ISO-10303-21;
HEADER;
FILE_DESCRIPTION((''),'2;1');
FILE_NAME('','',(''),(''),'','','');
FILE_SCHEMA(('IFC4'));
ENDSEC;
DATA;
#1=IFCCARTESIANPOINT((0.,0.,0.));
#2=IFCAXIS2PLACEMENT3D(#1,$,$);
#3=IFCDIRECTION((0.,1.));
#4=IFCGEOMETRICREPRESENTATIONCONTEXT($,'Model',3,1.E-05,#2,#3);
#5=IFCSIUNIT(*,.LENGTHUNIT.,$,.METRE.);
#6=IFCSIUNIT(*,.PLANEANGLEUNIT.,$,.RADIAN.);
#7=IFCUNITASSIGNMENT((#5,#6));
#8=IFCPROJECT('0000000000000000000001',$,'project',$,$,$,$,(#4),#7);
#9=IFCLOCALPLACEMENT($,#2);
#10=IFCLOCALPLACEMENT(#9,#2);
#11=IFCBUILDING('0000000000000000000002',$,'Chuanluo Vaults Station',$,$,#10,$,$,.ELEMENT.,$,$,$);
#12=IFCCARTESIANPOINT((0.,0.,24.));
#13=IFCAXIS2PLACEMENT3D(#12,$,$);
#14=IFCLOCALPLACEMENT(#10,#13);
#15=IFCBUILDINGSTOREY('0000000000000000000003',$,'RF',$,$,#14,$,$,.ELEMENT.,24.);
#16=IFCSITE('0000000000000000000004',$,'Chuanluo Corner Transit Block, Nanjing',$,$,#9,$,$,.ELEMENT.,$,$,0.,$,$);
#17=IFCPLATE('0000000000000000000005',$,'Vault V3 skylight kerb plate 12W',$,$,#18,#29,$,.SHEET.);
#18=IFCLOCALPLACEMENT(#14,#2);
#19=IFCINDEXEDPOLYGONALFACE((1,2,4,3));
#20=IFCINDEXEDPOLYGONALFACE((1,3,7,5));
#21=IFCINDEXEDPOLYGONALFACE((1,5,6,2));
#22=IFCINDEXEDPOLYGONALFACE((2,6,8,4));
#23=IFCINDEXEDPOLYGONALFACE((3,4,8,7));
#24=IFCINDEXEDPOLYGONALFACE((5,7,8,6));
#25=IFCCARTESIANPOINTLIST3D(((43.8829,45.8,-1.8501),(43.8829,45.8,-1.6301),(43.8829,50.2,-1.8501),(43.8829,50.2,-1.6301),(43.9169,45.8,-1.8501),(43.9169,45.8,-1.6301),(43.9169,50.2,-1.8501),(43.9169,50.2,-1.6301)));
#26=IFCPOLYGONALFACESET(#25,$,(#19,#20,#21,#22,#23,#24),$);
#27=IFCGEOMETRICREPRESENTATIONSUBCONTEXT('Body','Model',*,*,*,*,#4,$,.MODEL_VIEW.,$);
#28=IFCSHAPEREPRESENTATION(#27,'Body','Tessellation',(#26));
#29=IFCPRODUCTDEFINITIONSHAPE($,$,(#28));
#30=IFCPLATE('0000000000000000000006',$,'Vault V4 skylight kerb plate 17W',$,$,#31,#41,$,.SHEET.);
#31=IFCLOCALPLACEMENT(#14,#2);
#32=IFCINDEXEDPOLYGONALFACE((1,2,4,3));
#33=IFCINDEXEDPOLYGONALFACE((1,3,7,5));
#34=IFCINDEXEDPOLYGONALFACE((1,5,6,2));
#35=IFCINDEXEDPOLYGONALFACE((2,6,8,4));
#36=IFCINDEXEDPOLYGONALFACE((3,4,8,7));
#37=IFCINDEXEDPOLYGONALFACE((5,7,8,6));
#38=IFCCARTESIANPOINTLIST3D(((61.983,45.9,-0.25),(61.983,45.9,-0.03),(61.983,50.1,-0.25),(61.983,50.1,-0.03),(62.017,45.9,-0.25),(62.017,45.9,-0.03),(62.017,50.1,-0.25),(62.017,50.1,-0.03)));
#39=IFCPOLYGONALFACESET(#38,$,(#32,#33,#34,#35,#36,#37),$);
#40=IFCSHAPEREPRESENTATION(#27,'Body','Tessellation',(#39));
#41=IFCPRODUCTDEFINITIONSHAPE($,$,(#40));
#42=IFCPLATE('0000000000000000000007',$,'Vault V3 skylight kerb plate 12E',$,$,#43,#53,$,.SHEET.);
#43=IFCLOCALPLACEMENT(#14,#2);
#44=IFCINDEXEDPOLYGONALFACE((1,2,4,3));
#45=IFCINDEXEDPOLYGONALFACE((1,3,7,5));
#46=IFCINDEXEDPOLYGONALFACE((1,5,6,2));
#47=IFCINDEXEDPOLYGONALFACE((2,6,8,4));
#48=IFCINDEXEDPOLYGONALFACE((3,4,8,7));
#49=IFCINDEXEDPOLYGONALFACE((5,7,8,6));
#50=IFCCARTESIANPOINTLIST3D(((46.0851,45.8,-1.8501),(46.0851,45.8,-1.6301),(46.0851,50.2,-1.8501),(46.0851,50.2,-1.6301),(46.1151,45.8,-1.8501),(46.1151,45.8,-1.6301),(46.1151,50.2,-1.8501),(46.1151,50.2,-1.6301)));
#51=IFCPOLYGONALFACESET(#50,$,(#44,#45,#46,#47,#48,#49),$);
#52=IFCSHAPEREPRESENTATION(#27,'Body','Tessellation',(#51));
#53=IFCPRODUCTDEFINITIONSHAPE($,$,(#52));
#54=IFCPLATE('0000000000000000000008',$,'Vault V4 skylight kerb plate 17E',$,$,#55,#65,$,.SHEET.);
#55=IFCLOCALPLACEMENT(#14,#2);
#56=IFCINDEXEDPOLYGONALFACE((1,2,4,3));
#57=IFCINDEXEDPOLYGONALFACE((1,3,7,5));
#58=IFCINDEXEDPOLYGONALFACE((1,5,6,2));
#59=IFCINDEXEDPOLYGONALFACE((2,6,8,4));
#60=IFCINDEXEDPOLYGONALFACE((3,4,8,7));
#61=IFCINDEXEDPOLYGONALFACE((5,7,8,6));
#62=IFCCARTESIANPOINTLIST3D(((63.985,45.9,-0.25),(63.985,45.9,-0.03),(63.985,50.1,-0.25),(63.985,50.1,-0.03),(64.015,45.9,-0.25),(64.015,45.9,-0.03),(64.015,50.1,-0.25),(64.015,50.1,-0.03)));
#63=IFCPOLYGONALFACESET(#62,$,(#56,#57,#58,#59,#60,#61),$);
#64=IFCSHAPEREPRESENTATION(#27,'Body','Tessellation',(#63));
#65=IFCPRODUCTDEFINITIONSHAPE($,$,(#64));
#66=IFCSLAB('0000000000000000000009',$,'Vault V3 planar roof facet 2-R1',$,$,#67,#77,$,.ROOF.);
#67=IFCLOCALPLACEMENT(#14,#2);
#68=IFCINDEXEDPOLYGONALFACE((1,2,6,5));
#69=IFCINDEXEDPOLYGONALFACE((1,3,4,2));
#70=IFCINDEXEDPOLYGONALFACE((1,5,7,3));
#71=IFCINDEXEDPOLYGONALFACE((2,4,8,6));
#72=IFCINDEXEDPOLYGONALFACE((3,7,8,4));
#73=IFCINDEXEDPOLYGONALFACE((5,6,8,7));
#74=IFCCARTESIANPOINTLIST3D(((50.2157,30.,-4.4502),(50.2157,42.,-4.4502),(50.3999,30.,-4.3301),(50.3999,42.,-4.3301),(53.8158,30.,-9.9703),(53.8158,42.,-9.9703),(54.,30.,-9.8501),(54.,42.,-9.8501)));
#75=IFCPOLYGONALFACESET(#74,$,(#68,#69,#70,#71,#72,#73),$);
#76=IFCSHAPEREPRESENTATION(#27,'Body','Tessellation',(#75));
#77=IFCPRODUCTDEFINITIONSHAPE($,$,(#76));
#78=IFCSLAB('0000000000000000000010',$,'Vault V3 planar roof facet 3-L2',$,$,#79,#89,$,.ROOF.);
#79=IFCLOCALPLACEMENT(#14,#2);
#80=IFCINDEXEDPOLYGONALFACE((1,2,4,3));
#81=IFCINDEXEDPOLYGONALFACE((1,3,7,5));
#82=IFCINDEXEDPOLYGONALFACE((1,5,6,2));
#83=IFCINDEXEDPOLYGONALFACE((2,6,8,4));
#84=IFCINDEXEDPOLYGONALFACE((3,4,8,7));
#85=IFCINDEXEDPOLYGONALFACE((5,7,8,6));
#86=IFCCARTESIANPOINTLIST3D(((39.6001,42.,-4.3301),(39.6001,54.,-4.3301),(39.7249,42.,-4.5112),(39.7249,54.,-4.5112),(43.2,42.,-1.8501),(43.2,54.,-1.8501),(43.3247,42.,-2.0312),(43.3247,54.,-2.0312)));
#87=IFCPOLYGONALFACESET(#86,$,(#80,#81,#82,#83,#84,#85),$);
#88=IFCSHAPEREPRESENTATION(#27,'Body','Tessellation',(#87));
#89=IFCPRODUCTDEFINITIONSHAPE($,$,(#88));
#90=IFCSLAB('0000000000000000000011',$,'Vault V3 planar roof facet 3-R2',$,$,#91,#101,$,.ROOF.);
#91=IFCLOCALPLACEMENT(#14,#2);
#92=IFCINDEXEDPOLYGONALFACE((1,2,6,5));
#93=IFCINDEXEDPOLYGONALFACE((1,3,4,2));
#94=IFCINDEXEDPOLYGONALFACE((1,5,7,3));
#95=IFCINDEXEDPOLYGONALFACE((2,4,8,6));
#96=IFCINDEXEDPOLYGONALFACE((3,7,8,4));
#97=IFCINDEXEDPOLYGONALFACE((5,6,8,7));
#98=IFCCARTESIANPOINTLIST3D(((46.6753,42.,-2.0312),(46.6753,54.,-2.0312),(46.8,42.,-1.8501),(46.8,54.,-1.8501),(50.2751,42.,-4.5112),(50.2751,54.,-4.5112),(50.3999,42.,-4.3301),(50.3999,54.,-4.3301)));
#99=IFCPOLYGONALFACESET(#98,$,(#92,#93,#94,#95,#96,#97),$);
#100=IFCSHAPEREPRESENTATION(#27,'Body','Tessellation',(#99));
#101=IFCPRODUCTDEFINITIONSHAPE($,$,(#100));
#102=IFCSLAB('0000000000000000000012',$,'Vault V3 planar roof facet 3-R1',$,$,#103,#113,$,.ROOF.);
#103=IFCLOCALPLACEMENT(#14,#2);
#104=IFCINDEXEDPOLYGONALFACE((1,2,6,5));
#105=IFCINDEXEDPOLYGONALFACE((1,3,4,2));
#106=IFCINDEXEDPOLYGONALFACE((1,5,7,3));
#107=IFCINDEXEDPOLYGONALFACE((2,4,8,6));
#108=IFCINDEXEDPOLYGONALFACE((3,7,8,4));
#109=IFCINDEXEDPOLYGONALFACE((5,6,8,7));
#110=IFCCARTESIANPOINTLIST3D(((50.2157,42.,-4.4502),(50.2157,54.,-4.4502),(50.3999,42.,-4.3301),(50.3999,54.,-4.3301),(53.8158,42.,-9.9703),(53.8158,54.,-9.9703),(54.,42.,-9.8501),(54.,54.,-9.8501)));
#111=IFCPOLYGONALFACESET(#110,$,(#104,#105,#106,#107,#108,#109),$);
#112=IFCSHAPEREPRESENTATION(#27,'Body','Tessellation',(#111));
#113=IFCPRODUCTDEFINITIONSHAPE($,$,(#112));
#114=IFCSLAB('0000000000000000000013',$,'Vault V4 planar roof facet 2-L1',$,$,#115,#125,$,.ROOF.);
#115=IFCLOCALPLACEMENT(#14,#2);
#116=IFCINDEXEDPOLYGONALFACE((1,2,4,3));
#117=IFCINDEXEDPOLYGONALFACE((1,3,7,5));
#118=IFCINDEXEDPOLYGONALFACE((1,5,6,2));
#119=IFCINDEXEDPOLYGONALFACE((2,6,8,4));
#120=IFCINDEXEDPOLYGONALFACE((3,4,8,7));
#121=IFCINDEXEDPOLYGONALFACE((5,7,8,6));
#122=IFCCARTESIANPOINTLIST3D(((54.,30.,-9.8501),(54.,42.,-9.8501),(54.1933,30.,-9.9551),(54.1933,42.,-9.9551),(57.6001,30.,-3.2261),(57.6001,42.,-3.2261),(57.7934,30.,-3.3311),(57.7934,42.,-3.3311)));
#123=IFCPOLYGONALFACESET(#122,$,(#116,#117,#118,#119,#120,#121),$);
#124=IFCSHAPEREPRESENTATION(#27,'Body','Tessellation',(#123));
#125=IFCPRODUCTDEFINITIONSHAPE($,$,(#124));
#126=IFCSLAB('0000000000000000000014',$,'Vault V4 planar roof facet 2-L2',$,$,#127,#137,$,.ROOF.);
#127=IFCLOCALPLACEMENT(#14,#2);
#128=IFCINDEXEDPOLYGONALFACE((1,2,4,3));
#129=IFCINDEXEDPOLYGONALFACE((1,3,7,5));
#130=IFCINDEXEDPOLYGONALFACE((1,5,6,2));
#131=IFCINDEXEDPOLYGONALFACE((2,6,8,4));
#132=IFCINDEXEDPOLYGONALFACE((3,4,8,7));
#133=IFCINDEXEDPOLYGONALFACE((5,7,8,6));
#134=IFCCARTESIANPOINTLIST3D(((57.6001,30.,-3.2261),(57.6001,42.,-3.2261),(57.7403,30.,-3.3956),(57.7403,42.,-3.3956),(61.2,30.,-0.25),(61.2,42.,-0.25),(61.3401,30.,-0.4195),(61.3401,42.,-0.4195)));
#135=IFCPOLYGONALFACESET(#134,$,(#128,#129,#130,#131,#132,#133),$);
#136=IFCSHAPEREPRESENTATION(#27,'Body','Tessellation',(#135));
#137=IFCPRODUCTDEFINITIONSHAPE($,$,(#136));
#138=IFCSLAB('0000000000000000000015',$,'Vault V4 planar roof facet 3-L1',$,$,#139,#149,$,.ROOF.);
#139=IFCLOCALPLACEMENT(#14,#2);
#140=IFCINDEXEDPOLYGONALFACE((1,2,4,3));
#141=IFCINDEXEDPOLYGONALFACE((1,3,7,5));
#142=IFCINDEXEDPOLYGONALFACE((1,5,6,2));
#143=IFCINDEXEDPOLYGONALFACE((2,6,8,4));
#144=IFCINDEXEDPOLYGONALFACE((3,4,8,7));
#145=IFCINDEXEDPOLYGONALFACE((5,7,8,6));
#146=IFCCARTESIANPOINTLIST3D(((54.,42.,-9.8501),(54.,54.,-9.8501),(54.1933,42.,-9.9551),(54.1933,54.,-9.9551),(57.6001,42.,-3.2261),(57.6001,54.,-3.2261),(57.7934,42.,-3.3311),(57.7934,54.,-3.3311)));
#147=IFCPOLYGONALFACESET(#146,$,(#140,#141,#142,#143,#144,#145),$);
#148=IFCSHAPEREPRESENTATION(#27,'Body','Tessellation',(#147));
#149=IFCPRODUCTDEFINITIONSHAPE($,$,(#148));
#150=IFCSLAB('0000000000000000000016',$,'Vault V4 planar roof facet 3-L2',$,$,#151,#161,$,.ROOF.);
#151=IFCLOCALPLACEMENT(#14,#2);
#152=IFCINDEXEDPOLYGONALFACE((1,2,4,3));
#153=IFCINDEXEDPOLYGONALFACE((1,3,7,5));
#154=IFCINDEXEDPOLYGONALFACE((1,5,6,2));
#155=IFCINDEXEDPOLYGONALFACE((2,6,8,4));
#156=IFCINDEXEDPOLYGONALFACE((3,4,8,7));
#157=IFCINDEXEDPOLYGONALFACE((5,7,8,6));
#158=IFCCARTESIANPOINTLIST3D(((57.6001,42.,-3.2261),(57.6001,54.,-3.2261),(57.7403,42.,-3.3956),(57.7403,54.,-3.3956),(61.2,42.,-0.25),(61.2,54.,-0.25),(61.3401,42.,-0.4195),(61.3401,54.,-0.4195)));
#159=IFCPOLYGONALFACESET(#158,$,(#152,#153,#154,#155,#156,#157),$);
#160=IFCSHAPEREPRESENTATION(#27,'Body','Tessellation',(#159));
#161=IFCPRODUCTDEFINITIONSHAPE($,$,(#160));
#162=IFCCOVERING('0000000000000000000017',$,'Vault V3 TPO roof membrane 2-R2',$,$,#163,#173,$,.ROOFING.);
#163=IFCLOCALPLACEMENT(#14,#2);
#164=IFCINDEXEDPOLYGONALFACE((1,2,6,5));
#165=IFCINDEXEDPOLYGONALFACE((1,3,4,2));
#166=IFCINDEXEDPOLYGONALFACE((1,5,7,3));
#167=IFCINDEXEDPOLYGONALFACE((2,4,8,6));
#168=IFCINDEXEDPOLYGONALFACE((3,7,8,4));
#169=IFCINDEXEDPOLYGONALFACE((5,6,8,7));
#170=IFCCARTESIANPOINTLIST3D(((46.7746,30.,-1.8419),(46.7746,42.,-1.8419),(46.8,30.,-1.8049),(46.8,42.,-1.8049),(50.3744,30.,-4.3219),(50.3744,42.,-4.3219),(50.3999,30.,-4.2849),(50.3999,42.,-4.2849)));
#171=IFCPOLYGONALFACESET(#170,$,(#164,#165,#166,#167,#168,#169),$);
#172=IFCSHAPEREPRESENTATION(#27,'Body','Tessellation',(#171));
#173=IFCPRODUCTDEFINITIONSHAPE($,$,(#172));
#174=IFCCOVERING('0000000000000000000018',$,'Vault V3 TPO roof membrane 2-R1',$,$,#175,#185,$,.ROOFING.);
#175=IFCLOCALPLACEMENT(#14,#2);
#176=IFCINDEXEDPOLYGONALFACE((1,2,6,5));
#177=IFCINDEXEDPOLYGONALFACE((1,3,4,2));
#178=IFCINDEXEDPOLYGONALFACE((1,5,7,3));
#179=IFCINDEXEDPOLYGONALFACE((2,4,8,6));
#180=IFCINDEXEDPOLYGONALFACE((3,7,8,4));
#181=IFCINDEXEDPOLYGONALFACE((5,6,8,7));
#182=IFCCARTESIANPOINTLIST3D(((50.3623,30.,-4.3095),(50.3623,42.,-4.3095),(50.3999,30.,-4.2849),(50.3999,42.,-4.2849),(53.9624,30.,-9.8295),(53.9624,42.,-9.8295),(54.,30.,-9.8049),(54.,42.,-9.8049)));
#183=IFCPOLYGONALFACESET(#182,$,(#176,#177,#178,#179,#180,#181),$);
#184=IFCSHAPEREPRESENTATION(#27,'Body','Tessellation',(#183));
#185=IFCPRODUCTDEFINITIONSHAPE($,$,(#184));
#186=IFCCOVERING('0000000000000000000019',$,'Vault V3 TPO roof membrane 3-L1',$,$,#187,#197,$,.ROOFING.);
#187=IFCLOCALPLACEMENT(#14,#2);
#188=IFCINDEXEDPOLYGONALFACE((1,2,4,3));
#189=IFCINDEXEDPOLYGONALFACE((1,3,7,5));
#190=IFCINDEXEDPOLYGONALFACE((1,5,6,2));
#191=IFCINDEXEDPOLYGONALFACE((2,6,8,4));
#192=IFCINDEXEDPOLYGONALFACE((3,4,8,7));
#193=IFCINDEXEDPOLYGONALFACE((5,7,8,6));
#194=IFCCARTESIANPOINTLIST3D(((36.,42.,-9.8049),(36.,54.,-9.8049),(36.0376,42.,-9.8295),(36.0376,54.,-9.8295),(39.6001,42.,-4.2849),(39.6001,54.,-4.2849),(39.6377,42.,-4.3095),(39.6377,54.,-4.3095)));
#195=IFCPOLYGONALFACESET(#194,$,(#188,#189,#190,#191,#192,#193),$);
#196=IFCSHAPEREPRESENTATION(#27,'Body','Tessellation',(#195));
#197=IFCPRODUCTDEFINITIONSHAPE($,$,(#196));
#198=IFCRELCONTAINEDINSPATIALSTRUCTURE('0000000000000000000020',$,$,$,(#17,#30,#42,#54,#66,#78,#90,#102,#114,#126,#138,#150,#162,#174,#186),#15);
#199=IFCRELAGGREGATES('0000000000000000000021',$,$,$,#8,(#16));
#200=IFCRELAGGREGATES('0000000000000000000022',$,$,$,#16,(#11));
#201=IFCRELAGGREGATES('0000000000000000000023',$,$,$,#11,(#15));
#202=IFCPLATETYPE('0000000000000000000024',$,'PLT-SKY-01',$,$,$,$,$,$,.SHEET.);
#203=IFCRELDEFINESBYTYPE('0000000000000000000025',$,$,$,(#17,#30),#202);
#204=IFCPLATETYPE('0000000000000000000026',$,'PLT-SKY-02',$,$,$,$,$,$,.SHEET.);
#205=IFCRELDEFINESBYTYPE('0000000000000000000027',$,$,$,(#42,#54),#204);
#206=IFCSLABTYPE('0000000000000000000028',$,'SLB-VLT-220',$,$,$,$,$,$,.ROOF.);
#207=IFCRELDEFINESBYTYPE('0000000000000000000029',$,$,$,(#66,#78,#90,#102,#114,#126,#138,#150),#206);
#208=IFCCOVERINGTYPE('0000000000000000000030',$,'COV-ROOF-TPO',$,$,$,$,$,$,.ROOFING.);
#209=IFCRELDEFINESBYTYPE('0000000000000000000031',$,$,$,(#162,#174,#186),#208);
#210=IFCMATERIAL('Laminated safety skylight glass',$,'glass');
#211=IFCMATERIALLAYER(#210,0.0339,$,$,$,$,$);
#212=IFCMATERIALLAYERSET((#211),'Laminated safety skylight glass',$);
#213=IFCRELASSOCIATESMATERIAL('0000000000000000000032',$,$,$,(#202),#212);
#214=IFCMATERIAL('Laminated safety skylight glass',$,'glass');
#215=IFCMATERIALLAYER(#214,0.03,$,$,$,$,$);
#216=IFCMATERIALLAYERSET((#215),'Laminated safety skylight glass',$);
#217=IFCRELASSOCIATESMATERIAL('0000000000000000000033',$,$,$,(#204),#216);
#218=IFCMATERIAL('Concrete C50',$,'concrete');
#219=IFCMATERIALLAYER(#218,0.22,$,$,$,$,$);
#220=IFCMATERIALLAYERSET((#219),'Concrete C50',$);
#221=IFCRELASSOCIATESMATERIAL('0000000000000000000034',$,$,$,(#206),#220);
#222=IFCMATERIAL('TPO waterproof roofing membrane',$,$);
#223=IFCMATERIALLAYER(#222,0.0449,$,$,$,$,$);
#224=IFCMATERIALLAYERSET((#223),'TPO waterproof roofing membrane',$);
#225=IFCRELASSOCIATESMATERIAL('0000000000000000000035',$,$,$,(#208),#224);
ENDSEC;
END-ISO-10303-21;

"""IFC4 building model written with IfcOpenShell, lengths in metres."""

from ifc_helpers import new_model, si_unit, direction, frame, origin, origin_2d, place, context, subcontext, project, spatial, polyline, rectangle, outline, extrude, material, layer, layer_set, type_object, element, save


model = new_model("IFC4")

# Units and contexts
model_context = context("Model", 3, precision=1e-05, world=origin(), true_north=direction((0.0, 1.0)))
body_context = subcontext(model_context, "Body", "Model", "MODEL_VIEW")
ifc_project = project(units=[si_unit("LENGTHUNIT", "METRE"), si_unit("PLANEANGLEUNIT", "RADIAN")], contexts=[model_context])

# Site, building, storey
site_placement = place(None, origin())
site = spatial("IfcSite", under=ifc_project, at=site_placement, Name="Chuanluo Corner Transit Block, Nanjing", CompositionType="ELEMENT", RefElevation=0.0)
building_placement = place(site_placement, origin())
building = spatial("IfcBuilding", under=site, at=building_placement, Name="Chuanluo Vaults Station", CompositionType="ELEMENT")
storey_placement = place(building_placement, frame((0.0, 0.0, 24.0)))
storey = spatial("IfcBuildingStorey", under=building, at=storey_placement, Name="RF", CompositionType="ELEMENT", Elevation=24.0)

# Plates
ifc_material_1 = material(Name="Laminated safety skylight glass", Category="glass")
ifc_layer_1 = layer(ifc_material_1, 0.0339)
ifc_layer_set_1 = layer_set([ifc_layer_1], Name="Laminated safety skylight glass")
plate_type_1 = type_object("IfcPlateType", Name="PLT-SKY-01", PredefinedType="SHEET", material=ifc_layer_set_1)
plate_1_placement = place(storey_placement, frame((43.8999, 48.0, -1.8501), z_axis=(0.0, 0.0, 1.0), x_axis=(1.0, 0.0, 0.0)))
element("IfcPlate", 1, at=plate_1_placement, inside=storey, type_object=plate_type_1, Name="Vault V3 skylight kerb plate 12W", PredefinedType="SHEET", context=body_context, shape_type="SweptSolid", body=[
    extrude(rectangle(XDim=0.0339, YDim=4.3999, at=origin_2d()), origin(), (0.0, 0.0, 1.0), 0.22),
])
plate_2_placement = place(storey_placement, frame((62.0, 48.0, -0.25), z_axis=(0.0, 0.0, 1.0), x_axis=(1.0, 0.0, 0.0)))
element("IfcPlate", 2, at=plate_2_placement, inside=storey, type_object=plate_type_1, Name="Vault V4 skylight kerb plate 17W", PredefinedType="SHEET", context=body_context, shape_type="SweptSolid", body=[
    extrude(rectangle(XDim=0.0339, YDim=4.2, at=origin_2d()), origin(), (0.0, 0.0, 1.0), 0.22),
])
ifc_material_2 = material(Name="Laminated safety skylight glass", Category="glass")
ifc_layer_2 = layer(ifc_material_2, 0.03)
ifc_layer_set_2 = layer_set([ifc_layer_2], Name="Laminated safety skylight glass")
plate_type_2 = type_object("IfcPlateType", Name="PLT-SKY-02", PredefinedType="SHEET", material=ifc_layer_set_2)
plate_3_placement = place(storey_placement, frame((46.1001, 48.0, -1.8501), z_axis=(0.0, 0.0, 1.0), x_axis=(1.0, 0.0, 0.0)))
element("IfcPlate", 3, at=plate_3_placement, inside=storey, type_object=plate_type_2, Name="Vault V3 skylight kerb plate 12E", PredefinedType="SHEET", context=body_context, shape_type="SweptSolid", body=[
    extrude(rectangle(XDim=0.03, YDim=4.3999, at=origin_2d()), origin(), (0.0, 0.0, 1.0), 0.22),
])
plate_4_placement = place(storey_placement, frame((64.0, 48.0, -0.25), z_axis=(0.0, 0.0, 1.0), x_axis=(1.0, 0.0, 0.0)))
element("IfcPlate", 4, at=plate_4_placement, inside=storey, type_object=plate_type_2, Name="Vault V4 skylight kerb plate 17E", PredefinedType="SHEET", context=body_context, shape_type="SweptSolid", body=[
    extrude(rectangle(XDim=0.03, YDim=4.2, at=origin_2d()), origin(), (0.0, 0.0, 1.0), 0.22),
])

# Slabs
ifc_material_3 = material(Name="Concrete C50", Category="concrete")
ifc_layer_3 = layer(ifc_material_3, 0.22)
ifc_layer_set_3 = layer_set([ifc_layer_3], Name="Concrete C50")
slab_type = type_object("IfcSlabType", Name="SLB-VLT-220", PredefinedType="ROOF", material=ifc_layer_set_3)
slab_1_placement = place(storey_placement, frame((50.3999, 30.0, -4.3301), z_axis=(0.837605, 0.0, 0.546277), x_axis=(0.546277, 0.0, -0.837605)))
element("IfcSlab", 5, at=slab_1_placement, inside=storey, type_object=slab_type, Name="Vault V3 planar roof facet 2-R1", PredefinedType="ROOF", context=body_context, shape_type="SweptSolid", body=[
    extrude(outline(polyline([(0.0, 0.0), (6.5902, 0.0), (6.5902, 12.0), (0.0, 12.0), (0.0, 0.0)])), origin(), (0.0, 0.0, -1.0), 0.22),
])
for number, where, z_axis, x_axis, name in (
    (6, (39.6001, 42.0, -4.3301), (-0.567318, 0.0, 0.823499), (0.823499, 0.0, 0.567318), "Vault V3 planar roof facet 3-L2"),
    (7, (46.8, 42.0, -1.8501), (0.567318, 0.0, 0.823499), (0.823499, 0.0, -0.567318), "Vault V3 planar roof facet 3-R2"),
):
    element("IfcSlab", number, at=place(storey_placement, frame(where, z_axis=z_axis, x_axis=x_axis)), inside=storey, type_object=slab_type, Name=name, PredefinedType="ROOF", context=body_context, shape_type="SweptSolid", body=[
        extrude(outline(polyline([(0.0, 0.0), (4.3714, 0.0), (4.3714, 12.0), (0.0, 12.0), (0.0, 0.0)])), origin(), (0.0, 0.0, -1.0), 0.22),
    ])
slab_2_placement = place(storey_placement, frame((50.3999, 42.0, -4.3301), z_axis=(0.837605, 0.0, 0.546277), x_axis=(0.546277, 0.0, -0.837605)))
element("IfcSlab", 8, at=slab_2_placement, inside=storey, type_object=slab_type, Name="Vault V3 planar roof facet 3-R1", PredefinedType="ROOF", context=body_context, shape_type="SweptSolid", body=[
    extrude(outline(polyline([(0.0, 0.0), (6.5902, 0.0), (6.5902, 12.0), (0.0, 12.0), (0.0, 0.0)])), origin(), (0.0, 0.0, -1.0), 0.22),
])
slab_3_placement = place(storey_placement, frame((54.0, 30.0, -9.8501), z_axis=(-0.87862, 0.0, 0.477522), x_axis=(0.477522, 0.0, 0.87862)))
element("IfcSlab", 9, at=slab_3_placement, inside=storey, type_object=slab_type, Name="Vault V4 planar roof facet 2-L1", PredefinedType="ROOF", context=body_context, shape_type="SweptSolid", body=[
    extrude(outline(polyline([(0.0, 0.0), (7.5391, 0.0), (7.5391, 12.0), (0.0, 12.0), (0.0, 0.0)])), origin(), (0.0, 0.0, -1.0), 0.22),
])
slab_4_placement = place(storey_placement, frame((57.6001, 30.0, -3.2261), z_axis=(-0.637172, 0.0, 0.770722), x_axis=(0.770722, 0.0, 0.637172)))
element("IfcSlab", 10, at=slab_4_placement, inside=storey, type_object=slab_type, Name="Vault V4 planar roof facet 2-L2", PredefinedType="ROOF", context=body_context, shape_type="SweptSolid", body=[
    extrude(outline(polyline([(0.0, 0.0), (4.6708, 0.0), (4.6708, 12.0), (0.0, 12.0), (0.0, 0.0)])), origin(), (0.0, 0.0, -1.0), 0.22),
])
slab_5_placement = place(storey_placement, frame((54.0, 42.0, -9.8501), z_axis=(-0.87862, 0.0, 0.477522), x_axis=(0.477522, 0.0, 0.87862)))
element("IfcSlab", 11, at=slab_5_placement, inside=storey, type_object=slab_type, Name="Vault V4 planar roof facet 3-L1", PredefinedType="ROOF", context=body_context, shape_type="SweptSolid", body=[
    extrude(outline(polyline([(0.0, 0.0), (7.5391, 0.0), (7.5391, 12.0), (0.0, 12.0), (0.0, 0.0)])), origin(), (0.0, 0.0, -1.0), 0.22),
])
slab_6_placement = place(storey_placement, frame((57.6001, 42.0, -3.2261), z_axis=(-0.637172, 0.0, 0.770722), x_axis=(0.770722, 0.0, 0.637172)))
element("IfcSlab", 12, at=slab_6_placement, inside=storey, type_object=slab_type, Name="Vault V4 planar roof facet 3-L2", PredefinedType="ROOF", context=body_context, shape_type="SweptSolid", body=[
    extrude(outline(polyline([(0.0, 0.0), (4.6708, 0.0), (4.6708, 12.0), (0.0, 12.0), (0.0, 0.0)])), origin(), (0.0, 0.0, -1.0), 0.22),
])

# Coverings
ifc_material_4 = material(Name="TPO waterproof roofing membrane")
ifc_layer_4 = layer(ifc_material_4, 0.0449)
ifc_layer_set_4 = layer_set([ifc_layer_4], Name="TPO waterproof roofing membrane")
covering_type = type_object("IfcCoveringType", Name="COV-ROOF-TPO", PredefinedType="ROOFING", material=ifc_layer_set_4)
covering_1_placement = place(storey_placement, frame((46.8, 30.0, -1.8049), z_axis=(0.567318, 0.0, 0.823499), x_axis=(0.823499, 0.0, -0.567318)))
element("IfcCovering", 13, at=covering_1_placement, inside=storey, type_object=covering_type, Name="Vault V3 TPO roof membrane 2-R2", PredefinedType="ROOFING", context=body_context, shape_type="SweptSolid", body=[
    extrude(outline(polyline([(0.0, 0.0), (4.3714, 0.0), (4.3714, 12.0), (0.0, 12.0), (0.0, 0.0)])), origin(), (0.0, 0.0, -1.0), 0.0449),
])
for number, where, z_axis, x_axis, name in (
    (14, (50.3999, 30.0, -4.2849), (0.837605, 0.0, 0.546277), (0.546277, 0.0, -0.837605), "Vault V3 TPO roof membrane 2-R1"),
    (15, (36.0, 42.0, -9.8049), (-0.837605, 0.0, 0.546277), (0.546277, 0.0, 0.837605), "Vault V3 TPO roof membrane 3-L1"),
):
    element("IfcCovering", number, at=place(storey_placement, frame(where, z_axis=z_axis, x_axis=x_axis)), inside=storey, type_object=covering_type, Name=name, PredefinedType="ROOFING", context=body_context, shape_type="SweptSolid", body=[
        extrude(outline(polyline([(0.0, 0.0), (6.5902, 0.0), (6.5902, 12.0), (0.0, 12.0), (0.0, 0.0)])), origin(), (0.0, 0.0, -1.0), 0.0449),
    ])

save(model, "model.ifc")
